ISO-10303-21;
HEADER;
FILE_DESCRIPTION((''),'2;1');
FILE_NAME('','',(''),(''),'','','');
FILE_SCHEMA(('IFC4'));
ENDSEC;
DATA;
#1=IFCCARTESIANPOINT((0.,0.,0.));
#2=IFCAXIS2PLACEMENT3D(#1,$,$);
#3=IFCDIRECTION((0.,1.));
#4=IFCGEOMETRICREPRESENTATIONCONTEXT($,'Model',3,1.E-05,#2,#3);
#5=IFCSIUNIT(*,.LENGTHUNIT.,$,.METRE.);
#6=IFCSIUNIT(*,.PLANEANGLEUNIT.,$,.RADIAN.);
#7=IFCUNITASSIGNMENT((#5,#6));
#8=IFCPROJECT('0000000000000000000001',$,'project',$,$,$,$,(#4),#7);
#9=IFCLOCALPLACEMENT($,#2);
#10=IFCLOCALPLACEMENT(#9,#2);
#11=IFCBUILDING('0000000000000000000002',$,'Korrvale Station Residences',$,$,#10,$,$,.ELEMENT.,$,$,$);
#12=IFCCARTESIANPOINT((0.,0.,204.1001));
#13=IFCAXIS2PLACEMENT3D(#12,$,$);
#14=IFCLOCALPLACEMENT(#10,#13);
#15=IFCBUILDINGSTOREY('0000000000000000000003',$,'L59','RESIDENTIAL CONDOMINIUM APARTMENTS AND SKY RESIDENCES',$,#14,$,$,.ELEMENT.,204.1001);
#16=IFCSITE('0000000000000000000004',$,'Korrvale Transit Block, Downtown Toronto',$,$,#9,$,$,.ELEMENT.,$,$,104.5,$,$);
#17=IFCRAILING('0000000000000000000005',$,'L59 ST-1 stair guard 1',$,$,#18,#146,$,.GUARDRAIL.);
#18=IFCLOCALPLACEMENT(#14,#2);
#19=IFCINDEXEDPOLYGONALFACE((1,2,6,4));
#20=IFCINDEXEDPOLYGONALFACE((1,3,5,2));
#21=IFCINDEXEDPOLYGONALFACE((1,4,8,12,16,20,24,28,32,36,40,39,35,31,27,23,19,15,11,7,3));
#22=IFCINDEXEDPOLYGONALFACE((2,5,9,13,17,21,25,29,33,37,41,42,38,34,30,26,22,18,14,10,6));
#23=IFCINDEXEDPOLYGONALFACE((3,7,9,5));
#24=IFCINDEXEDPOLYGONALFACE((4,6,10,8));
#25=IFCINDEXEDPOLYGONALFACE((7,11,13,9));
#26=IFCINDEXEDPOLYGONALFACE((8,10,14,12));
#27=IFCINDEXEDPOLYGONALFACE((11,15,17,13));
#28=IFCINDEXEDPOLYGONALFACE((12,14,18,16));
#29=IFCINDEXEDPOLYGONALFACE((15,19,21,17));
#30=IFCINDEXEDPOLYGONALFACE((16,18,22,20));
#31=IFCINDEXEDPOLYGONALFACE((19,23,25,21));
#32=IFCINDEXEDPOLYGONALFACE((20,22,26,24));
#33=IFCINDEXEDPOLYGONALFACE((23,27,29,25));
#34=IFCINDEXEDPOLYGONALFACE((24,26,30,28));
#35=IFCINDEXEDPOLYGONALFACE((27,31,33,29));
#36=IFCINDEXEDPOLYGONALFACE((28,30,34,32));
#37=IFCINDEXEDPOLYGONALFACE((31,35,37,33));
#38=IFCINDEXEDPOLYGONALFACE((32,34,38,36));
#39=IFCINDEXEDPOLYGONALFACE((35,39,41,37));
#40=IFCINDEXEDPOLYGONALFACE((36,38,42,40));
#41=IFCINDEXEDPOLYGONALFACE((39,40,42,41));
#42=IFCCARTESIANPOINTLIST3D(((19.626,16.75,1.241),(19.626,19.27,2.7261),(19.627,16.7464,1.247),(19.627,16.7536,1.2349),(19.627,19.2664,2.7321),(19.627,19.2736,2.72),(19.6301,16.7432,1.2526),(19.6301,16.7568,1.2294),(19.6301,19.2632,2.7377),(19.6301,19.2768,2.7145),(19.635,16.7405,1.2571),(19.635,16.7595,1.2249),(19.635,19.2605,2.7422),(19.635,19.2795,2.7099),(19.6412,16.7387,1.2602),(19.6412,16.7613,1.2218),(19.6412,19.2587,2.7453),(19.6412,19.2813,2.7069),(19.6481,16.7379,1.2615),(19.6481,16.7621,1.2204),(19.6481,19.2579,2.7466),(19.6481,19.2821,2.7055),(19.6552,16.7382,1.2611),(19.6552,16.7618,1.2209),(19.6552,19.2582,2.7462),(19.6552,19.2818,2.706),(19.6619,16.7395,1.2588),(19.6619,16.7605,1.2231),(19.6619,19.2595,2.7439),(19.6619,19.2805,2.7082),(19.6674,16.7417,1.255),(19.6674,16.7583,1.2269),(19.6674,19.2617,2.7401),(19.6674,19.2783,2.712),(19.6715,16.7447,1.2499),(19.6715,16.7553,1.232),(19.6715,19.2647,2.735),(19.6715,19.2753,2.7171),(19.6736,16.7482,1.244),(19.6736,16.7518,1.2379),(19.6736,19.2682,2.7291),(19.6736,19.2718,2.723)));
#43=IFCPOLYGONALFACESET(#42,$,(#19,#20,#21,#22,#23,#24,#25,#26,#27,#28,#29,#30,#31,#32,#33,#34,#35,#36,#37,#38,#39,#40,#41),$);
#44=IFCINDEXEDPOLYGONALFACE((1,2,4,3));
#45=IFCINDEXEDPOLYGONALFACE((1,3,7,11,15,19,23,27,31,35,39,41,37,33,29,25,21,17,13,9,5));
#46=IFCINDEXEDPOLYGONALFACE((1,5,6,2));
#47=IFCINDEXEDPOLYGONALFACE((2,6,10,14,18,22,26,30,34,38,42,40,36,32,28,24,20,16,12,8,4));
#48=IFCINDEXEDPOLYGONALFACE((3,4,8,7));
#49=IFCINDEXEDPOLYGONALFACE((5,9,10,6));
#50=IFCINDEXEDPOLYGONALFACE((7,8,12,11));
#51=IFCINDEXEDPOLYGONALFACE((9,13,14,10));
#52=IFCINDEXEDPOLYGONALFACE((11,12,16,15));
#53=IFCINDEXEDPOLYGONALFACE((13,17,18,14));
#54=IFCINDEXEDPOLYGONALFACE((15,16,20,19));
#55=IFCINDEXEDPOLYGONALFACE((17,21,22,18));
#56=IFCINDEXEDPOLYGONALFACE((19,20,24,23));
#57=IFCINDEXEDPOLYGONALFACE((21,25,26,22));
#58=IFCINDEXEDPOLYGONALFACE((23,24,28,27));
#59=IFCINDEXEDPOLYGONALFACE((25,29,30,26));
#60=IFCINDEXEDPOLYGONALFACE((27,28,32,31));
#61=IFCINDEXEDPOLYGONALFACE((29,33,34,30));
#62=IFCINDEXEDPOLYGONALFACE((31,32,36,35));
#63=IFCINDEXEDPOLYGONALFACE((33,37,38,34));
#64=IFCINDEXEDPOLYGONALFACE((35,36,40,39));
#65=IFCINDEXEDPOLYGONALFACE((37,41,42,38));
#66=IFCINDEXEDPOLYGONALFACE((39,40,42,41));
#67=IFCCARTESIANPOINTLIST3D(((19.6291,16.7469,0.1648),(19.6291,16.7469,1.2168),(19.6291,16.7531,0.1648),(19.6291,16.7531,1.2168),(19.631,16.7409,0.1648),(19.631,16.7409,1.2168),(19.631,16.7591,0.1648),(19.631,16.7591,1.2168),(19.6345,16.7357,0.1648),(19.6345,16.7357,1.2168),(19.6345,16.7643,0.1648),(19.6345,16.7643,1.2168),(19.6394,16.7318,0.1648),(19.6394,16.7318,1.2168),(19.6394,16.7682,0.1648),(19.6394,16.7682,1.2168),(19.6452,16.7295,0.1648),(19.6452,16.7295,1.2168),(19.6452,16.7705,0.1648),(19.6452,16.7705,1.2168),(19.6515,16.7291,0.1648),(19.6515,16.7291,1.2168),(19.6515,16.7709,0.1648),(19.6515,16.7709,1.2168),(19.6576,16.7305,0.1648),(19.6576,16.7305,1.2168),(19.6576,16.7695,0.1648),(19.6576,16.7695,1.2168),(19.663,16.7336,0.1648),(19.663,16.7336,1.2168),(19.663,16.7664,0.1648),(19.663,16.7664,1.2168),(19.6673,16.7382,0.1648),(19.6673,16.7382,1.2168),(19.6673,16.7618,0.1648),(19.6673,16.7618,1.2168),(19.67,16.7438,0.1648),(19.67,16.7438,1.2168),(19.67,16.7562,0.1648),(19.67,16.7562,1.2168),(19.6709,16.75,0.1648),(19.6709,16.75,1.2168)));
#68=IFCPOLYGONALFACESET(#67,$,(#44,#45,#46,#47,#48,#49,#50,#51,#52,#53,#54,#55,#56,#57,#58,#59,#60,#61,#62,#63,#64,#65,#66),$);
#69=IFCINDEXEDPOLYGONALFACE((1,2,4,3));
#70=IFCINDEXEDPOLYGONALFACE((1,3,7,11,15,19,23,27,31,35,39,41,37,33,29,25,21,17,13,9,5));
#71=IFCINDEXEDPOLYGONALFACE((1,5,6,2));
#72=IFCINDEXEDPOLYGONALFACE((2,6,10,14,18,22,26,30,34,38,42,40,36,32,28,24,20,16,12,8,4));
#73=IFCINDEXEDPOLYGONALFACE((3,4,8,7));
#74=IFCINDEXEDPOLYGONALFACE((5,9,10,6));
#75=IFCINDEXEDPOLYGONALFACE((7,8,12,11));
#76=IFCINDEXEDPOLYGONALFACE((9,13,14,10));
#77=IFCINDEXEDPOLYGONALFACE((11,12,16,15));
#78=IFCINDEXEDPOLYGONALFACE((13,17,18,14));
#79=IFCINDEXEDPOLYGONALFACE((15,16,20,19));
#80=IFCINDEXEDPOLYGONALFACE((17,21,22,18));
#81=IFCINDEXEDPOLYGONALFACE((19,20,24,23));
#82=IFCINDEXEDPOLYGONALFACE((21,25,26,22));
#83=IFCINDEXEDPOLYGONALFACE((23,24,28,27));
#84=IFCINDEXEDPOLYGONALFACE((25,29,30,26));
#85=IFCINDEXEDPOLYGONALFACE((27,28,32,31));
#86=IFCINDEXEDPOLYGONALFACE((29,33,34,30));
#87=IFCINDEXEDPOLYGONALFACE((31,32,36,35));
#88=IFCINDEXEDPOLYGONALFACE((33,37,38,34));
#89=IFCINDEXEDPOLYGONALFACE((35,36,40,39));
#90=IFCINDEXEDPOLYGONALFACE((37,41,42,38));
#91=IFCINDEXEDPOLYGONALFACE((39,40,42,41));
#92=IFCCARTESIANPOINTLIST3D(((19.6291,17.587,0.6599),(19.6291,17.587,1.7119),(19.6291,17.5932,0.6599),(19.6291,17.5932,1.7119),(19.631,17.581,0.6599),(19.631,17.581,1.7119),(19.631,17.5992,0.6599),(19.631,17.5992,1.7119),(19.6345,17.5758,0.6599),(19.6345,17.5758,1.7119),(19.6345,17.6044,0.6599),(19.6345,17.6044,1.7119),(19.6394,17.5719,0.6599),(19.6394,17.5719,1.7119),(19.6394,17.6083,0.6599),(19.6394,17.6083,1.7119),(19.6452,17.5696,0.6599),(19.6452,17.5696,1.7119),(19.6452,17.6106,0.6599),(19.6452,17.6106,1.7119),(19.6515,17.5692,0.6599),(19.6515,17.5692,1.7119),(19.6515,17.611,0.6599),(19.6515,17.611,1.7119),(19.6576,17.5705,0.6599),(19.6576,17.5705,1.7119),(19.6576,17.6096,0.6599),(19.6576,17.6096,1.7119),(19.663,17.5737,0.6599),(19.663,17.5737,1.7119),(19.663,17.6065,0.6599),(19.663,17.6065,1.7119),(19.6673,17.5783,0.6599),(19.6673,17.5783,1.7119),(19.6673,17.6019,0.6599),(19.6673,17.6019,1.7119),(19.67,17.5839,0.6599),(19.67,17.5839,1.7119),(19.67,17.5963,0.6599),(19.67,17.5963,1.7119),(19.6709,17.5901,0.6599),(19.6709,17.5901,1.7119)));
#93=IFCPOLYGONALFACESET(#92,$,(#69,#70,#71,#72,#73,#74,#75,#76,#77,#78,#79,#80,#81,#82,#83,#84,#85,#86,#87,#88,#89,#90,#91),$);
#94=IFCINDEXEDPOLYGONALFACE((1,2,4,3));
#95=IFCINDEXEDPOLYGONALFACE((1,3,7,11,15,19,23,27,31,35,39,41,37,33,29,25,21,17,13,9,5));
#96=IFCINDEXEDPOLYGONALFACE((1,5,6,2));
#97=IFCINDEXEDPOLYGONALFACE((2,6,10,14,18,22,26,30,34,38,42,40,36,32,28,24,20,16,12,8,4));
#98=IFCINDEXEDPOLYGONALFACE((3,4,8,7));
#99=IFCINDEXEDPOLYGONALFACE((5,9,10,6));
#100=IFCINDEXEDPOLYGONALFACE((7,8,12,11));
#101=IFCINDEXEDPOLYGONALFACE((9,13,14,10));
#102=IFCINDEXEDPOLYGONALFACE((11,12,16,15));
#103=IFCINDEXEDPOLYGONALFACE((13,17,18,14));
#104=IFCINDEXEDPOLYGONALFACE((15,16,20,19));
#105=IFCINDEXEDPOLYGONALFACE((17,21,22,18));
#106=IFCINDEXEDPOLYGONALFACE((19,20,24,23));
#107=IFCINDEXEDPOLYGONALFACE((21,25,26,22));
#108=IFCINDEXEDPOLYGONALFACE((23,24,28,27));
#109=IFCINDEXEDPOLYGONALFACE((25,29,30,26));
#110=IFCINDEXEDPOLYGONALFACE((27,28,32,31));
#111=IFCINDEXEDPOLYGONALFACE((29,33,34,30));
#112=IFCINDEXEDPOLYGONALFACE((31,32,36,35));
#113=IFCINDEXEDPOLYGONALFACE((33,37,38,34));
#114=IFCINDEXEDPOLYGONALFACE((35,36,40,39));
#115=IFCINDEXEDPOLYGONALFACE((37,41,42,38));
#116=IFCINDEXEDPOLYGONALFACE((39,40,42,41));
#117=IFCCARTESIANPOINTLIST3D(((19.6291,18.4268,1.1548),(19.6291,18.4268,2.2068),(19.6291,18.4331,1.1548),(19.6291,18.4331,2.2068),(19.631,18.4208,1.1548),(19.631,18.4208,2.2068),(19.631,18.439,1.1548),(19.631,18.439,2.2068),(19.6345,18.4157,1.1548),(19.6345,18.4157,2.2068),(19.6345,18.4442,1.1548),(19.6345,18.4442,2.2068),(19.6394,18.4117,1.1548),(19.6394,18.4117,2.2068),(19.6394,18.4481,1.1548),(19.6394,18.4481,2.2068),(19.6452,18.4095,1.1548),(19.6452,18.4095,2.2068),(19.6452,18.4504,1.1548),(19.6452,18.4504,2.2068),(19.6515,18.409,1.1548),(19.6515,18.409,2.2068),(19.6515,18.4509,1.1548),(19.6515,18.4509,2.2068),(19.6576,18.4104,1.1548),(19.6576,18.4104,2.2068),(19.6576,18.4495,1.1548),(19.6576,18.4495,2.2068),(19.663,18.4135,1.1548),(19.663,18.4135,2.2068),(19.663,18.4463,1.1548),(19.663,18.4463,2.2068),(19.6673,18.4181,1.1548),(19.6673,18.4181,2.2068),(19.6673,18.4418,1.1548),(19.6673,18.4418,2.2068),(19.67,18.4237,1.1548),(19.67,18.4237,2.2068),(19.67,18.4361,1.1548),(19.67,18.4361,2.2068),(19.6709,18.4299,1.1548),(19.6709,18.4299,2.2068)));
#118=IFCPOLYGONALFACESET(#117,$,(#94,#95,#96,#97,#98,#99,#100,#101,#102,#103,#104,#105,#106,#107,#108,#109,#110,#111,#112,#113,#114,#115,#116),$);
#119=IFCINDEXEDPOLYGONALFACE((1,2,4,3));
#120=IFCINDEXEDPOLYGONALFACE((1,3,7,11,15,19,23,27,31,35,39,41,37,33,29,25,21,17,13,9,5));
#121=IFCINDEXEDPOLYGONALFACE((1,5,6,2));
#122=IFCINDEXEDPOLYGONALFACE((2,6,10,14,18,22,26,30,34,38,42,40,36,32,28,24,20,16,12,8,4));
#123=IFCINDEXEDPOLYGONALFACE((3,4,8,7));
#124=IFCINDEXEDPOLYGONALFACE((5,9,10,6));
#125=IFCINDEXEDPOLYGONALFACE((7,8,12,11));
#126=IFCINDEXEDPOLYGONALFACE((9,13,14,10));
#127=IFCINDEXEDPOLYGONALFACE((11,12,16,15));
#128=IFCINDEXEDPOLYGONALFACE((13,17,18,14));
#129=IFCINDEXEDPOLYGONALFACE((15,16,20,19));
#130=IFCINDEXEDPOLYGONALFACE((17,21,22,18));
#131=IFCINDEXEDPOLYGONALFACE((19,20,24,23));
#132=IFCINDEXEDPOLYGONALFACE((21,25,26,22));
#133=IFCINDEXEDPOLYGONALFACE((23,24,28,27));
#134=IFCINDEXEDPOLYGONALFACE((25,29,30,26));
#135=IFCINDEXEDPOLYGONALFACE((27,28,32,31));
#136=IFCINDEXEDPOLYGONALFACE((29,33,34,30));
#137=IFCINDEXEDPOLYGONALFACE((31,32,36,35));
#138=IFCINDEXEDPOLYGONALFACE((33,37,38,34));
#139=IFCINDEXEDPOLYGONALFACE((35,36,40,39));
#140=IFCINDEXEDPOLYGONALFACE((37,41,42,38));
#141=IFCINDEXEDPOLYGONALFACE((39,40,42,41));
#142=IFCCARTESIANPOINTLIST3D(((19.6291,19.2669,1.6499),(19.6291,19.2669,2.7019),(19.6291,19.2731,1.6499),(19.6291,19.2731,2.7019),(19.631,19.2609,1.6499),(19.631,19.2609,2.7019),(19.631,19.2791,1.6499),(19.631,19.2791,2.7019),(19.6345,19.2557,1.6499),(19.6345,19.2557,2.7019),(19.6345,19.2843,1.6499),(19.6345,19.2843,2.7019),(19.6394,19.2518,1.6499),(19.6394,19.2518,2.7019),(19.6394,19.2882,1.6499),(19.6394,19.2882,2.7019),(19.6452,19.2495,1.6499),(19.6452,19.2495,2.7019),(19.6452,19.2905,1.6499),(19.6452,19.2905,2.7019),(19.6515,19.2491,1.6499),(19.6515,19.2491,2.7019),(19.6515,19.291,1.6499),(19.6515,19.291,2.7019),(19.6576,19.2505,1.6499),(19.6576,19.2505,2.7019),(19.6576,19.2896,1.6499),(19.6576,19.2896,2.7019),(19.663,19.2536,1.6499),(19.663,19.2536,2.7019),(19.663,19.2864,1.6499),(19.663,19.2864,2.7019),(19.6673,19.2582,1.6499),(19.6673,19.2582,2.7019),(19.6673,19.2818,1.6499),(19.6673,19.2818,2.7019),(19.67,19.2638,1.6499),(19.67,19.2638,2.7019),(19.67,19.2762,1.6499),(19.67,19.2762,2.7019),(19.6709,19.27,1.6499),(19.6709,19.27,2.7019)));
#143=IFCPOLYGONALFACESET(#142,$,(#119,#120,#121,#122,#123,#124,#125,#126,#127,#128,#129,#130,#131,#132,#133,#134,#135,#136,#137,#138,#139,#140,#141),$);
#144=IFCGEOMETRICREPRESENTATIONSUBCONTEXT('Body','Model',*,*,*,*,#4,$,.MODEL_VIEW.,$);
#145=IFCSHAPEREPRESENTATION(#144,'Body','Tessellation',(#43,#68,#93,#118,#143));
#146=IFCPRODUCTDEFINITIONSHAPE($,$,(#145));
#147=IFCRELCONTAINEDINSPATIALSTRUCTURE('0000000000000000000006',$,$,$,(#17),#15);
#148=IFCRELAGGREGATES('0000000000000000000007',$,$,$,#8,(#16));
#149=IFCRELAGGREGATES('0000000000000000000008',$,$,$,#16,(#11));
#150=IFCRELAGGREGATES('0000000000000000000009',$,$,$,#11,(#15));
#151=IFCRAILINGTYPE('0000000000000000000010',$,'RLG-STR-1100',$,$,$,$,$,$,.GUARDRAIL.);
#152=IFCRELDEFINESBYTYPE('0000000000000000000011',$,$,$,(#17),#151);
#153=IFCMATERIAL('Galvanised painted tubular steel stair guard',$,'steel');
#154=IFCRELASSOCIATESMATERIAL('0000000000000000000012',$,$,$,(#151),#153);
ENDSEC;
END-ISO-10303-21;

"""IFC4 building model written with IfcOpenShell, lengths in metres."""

from ifc_helpers import new_model, si_unit, direction, frame, origin, origin_2d, place, context, subcontext, project, spatial, circle, extrude, material, type_object, element, save


model = new_model("IFC4")

# Units and contexts
model_context = context("Model", 3, precision=1e-05, world=origin(), true_north=direction((0.0, 1.0)))
body_context = subcontext(model_context, "Body", "Model", "MODEL_VIEW")
ifc_project = project(units=[si_unit("LENGTHUNIT", "METRE"), si_unit("PLANEANGLEUNIT", "RADIAN")], contexts=[model_context])

# Site, building, storey
site_placement = place(None, origin())
site = spatial("IfcSite", under=ifc_project, at=site_placement, Name="Korrvale Transit Block, Downtown Toronto", CompositionType="ELEMENT", RefElevation=104.5)
building_placement = place(site_placement, origin())
building = spatial("IfcBuilding", under=site, at=building_placement, Name="Korrvale Station Residences", CompositionType="ELEMENT")
storey_placement = place(building_placement, frame((0.0, 0.0, 204.1001)))
storey = spatial("IfcBuildingStorey", under=building, at=storey_placement, Name="L59", Description="RESIDENTIAL CONDOMINIUM APARTMENTS AND SKY RESIDENCES", CompositionType="ELEMENT", Elevation=204.1001)

# Railing
ifc_material_1 = material(Name="Galvanised painted tubular steel stair guard", Category="steel")
railing_type_1 = type_object("IfcRailingType", Name="RLG-STR-1100", PredefinedType="GUARDRAIL", material=ifc_material_1)
railing_1_placement = place(storey_placement, frame((19.6499, 16.75, 0.1648)))
element("IfcRailing", 1, at=railing_1_placement, inside=storey, type_object=railing_type_1, Name="L59 ST-1 stair guard 1", PredefinedType="GUARDRAIL", context=body_context, shape_type="SweptSolid", body=[
    extrude(circle(Radius=0.0239, at=origin_2d()), frame((0.0, 0.0, 1.0762), z_axis=(0.0, 0.861524, 0.507717), x_axis=(-1.0, 0.0, 0.0)), (0.0, 0.0, 1.0), 2.925),
    extrude(circle(Radius=0.021, at=origin_2d()), origin(), (0.0, 0.0, 1.0), 1.052),
    extrude(circle(Radius=0.021, at=origin_2d()), frame((0.0, 0.8401, 0.4951)), (0.0, 0.0, 1.0), 1.052),
    extrude(circle(Radius=0.021, at=origin_2d()), frame((0.0, 1.6799, 0.99)), (0.0, 0.0, 1.0), 1.052),
    extrude(circle(Radius=0.021, at=origin_2d()), frame((0.0, 2.52, 1.4851)), (0.0, 0.0, 1.0), 1.052),
])

save(model, "model.ifc")
